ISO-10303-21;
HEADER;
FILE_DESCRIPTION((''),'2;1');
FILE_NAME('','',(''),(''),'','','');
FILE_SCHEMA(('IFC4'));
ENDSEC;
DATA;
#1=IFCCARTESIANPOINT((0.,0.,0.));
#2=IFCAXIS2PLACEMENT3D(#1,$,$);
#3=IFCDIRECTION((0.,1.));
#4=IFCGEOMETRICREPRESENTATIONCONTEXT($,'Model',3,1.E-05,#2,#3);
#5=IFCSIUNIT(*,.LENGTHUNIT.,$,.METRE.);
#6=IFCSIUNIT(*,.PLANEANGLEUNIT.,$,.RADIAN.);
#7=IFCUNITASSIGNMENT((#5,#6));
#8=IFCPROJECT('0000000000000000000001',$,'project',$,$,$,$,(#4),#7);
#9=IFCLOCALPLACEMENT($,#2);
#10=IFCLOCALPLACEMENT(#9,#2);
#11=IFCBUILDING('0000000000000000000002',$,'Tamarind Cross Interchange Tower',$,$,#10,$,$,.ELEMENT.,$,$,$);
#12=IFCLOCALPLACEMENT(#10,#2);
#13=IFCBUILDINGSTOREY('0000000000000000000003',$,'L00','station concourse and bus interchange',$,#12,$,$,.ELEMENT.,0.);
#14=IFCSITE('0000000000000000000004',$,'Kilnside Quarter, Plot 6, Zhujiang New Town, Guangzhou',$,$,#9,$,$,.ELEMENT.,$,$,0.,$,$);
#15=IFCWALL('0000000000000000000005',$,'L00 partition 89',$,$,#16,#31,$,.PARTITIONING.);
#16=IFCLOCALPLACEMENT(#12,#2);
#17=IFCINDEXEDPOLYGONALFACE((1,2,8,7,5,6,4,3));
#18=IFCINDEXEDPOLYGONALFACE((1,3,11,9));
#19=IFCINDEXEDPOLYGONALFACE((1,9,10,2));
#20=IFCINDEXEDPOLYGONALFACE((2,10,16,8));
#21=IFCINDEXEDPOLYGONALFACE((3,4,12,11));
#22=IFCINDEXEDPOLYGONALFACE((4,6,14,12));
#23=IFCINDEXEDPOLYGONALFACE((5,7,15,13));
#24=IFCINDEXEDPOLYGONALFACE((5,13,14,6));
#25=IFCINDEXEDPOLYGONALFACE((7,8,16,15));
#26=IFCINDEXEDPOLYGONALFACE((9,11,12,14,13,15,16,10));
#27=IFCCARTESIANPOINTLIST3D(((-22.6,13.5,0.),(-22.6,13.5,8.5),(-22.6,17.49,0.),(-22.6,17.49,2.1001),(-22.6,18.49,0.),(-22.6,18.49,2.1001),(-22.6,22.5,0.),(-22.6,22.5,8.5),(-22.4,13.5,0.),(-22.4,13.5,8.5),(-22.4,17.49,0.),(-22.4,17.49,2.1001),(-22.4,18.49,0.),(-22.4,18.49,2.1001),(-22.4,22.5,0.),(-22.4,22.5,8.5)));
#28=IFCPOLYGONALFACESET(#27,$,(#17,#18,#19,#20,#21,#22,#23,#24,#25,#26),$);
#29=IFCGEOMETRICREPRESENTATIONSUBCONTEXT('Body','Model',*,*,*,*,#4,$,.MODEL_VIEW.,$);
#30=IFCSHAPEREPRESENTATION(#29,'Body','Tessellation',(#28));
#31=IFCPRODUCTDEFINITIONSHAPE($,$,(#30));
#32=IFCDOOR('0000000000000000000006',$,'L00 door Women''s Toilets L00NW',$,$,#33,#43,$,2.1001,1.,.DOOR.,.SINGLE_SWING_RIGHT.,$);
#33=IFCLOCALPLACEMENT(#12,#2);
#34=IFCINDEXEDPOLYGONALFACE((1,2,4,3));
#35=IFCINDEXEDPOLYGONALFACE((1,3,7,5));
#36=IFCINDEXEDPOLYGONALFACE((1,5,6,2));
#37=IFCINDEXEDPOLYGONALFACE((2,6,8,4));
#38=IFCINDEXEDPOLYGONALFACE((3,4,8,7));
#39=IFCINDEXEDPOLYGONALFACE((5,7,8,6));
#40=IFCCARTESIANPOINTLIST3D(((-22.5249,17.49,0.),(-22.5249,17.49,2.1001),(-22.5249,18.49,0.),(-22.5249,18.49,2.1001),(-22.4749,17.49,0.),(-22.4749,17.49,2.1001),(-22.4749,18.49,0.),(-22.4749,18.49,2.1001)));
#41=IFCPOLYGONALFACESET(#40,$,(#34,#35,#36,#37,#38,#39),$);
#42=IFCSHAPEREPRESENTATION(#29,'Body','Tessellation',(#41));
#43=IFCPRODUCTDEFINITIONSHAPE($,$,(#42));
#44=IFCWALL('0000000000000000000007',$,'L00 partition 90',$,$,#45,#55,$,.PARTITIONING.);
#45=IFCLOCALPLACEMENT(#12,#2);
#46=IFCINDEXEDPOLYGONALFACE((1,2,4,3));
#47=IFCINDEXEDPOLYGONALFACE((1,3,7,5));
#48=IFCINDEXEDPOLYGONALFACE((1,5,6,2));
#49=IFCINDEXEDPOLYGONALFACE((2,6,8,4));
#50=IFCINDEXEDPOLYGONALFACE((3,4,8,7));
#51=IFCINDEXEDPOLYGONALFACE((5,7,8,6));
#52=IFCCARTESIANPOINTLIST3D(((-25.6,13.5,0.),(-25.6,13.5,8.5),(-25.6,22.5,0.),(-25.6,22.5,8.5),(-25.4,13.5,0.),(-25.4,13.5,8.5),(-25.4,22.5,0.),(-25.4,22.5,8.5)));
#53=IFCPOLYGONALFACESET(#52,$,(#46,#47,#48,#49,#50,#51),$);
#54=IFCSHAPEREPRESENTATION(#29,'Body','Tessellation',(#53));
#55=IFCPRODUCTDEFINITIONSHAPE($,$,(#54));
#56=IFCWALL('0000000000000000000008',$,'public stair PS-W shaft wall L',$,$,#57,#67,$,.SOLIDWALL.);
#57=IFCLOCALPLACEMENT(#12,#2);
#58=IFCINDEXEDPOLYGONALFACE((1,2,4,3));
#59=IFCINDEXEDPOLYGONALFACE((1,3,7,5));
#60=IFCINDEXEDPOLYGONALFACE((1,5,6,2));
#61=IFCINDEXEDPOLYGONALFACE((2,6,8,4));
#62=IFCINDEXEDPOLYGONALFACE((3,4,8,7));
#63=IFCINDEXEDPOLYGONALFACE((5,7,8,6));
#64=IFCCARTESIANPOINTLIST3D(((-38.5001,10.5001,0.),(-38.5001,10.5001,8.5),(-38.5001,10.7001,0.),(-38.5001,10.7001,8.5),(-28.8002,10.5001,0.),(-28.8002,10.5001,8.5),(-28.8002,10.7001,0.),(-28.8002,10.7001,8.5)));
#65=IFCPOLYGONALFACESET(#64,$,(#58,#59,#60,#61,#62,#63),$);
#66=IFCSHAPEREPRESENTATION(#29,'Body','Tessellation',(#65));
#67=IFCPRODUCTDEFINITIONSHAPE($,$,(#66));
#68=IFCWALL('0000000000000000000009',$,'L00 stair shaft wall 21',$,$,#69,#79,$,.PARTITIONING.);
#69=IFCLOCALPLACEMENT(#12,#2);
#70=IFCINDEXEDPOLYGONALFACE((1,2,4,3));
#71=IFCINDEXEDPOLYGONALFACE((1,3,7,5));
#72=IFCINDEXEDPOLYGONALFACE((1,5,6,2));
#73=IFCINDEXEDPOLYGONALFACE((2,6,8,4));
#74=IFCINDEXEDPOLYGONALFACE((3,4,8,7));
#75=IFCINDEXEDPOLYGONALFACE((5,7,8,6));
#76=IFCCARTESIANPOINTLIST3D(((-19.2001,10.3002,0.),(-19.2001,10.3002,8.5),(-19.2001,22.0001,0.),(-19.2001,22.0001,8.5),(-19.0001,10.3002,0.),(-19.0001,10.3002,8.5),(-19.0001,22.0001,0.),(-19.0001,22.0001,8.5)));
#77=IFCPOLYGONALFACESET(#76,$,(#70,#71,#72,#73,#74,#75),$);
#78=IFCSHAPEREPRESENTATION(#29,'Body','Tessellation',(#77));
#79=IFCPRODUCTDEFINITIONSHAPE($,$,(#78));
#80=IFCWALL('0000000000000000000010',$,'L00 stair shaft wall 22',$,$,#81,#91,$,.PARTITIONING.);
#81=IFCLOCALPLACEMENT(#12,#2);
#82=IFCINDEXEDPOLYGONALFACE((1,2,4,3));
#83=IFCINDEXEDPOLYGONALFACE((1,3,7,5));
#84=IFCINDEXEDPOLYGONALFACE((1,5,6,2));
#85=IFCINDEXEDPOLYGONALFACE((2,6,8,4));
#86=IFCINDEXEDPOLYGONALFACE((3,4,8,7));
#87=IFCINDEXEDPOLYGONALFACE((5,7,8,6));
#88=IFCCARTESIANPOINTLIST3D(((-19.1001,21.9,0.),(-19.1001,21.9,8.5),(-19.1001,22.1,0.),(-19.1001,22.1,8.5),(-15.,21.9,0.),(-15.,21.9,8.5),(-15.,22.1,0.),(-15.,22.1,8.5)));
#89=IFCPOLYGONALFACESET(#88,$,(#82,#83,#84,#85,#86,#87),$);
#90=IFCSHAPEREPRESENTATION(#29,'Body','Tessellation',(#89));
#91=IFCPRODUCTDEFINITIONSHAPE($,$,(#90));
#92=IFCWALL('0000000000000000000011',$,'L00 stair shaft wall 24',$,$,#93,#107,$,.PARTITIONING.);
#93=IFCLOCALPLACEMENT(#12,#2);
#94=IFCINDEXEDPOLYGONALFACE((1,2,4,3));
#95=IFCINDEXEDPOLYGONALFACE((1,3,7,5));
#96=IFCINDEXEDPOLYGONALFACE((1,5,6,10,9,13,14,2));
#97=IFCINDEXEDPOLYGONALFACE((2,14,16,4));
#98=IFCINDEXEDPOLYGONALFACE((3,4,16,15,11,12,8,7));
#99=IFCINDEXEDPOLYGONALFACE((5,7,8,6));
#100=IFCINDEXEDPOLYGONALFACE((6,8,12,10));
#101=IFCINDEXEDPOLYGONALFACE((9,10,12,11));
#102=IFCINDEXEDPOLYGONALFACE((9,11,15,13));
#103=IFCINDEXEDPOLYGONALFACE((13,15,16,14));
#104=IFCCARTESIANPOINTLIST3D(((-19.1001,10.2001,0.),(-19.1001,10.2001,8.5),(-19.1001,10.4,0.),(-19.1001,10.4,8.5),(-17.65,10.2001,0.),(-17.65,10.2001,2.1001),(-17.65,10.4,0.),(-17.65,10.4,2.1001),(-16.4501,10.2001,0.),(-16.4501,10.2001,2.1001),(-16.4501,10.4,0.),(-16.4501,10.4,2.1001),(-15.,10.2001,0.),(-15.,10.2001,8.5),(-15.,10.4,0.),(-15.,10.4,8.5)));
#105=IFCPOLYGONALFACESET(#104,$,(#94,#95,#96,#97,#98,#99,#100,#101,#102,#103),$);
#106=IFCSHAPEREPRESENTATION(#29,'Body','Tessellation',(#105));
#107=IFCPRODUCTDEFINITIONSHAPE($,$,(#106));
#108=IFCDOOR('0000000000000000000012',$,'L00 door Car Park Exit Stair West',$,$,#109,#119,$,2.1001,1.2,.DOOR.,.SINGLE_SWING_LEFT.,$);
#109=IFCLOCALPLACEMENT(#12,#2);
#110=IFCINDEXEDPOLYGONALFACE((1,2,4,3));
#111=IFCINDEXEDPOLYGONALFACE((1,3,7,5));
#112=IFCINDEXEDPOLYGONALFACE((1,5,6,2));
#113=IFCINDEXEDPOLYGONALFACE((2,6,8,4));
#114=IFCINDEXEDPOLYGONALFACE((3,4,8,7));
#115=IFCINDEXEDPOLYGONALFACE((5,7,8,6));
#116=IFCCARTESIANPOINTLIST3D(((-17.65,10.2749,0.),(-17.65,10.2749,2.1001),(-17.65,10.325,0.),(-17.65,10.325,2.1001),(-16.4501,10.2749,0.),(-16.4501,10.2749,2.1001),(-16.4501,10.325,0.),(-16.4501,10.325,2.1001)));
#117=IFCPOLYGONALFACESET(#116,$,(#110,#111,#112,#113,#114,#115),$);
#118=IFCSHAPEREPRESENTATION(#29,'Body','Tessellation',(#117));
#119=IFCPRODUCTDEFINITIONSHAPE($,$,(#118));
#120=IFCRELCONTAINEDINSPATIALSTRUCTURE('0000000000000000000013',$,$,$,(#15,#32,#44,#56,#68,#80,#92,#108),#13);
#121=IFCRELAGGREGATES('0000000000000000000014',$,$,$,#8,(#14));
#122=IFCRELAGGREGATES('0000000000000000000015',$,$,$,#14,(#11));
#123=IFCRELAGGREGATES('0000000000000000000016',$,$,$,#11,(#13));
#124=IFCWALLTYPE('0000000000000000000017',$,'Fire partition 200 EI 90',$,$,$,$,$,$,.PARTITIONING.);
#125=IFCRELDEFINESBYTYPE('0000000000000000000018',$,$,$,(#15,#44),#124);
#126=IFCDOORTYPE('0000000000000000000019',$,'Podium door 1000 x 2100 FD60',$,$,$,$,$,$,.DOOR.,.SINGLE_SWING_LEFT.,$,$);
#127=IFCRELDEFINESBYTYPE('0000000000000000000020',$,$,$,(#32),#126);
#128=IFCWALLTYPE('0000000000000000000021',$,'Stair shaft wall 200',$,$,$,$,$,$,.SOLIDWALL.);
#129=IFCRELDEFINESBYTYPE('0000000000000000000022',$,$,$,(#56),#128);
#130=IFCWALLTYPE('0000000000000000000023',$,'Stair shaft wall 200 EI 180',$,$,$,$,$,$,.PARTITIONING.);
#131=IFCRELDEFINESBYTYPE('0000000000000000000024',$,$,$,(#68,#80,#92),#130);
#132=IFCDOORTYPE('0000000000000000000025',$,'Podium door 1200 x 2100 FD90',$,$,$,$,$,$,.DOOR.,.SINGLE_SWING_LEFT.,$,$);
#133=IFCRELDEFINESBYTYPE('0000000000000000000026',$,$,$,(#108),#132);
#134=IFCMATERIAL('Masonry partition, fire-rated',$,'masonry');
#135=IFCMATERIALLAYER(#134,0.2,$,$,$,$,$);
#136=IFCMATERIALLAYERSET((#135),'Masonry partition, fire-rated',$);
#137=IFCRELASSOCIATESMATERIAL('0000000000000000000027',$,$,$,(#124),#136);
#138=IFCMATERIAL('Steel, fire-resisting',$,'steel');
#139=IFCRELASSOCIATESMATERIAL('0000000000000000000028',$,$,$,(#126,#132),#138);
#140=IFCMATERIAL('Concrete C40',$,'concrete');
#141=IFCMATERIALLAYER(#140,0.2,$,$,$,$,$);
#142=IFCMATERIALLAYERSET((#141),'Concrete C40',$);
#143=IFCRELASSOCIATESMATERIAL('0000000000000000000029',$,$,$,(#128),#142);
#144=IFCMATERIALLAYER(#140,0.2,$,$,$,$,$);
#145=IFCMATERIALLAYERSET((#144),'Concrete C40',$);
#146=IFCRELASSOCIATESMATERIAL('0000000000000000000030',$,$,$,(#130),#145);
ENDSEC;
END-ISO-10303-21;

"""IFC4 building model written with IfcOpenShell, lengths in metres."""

from ifc_helpers import new_model, si_unit, direction, frame, frame_2d, origin, place, context, subcontext, project, spatial, rectangle, extrude, material, layer, layer_set, type_object, element, fill, save


model = new_model("IFC4")

# Units and contexts
model_context = context("Model", 3, precision=1e-05, world=origin(), true_north=direction((0.0, 1.0)))
body_context = subcontext(model_context, "Body", "Model", "MODEL_VIEW")
ifc_project = project(units=[si_unit("LENGTHUNIT", "METRE"), si_unit("PLANEANGLEUNIT", "RADIAN")], contexts=[model_context])

# Site, building, storey
site_placement = place(None, origin())
site = spatial("IfcSite", under=ifc_project, at=site_placement, Name="Kilnside Quarter, Plot 6, Zhujiang New Town, Guangzhou", CompositionType="ELEMENT", RefElevation=0.0)
building_placement = place(site_placement, origin())
building = spatial("IfcBuilding", under=site, at=building_placement, Name="Tamarind Cross Interchange Tower", CompositionType="ELEMENT")
storey_placement = place(building_placement, origin())
storey = spatial("IfcBuildingStorey", under=building, at=storey_placement, Name="L00", Description="station concourse and bus interchange", CompositionType="ELEMENT", Elevation=0.0)

# Shared definitions
ifc_material_1 = material(Name="Masonry partition, fire-rated", Category="masonry")
ifc_layer_1 = layer(ifc_material_1, 0.2)
ifc_layer_set_1 = layer_set([ifc_layer_1], Name="Masonry partition, fire-rated")
wall_type_1 = type_object("IfcWallType", Name="Fire partition 200 EI 90", PredefinedType="PARTITIONING", material=ifc_layer_set_1)

# Wall, opening, door
ifc_material_2 = material(Name="Steel, fire-resisting", Category="steel")
door_type_1 = type_object("IfcDoorType", Name="Podium door 1000 x 2100 FD60", OperationType="SINGLE_SWING_LEFT", PredefinedType="DOOR", material=ifc_material_2)
wall_1_placement = place(storey_placement, frame((-22.5, 13.5, 0.0), z_axis=(0.0, 0.0, 1.0), x_axis=(0.0, 1.0, 0.0)))
wall_1 = element("IfcWall", 1, at=wall_1_placement, inside=storey, type_object=wall_type_1, Name="L00 partition 89", PredefinedType="PARTITIONING", context=body_context, shape_type="SweptSolid", body=[
    extrude(rectangle(XDim=9.0, YDim=0.2, at=frame_2d((4.5, 0.0))), origin(), (0.0, 0.0, 1.0), 8.5),
])
opening_1_placement = place(wall_1_placement, frame((3.99, 0.0, 0.0)))
opening_1 = element("IfcOpeningElement", 2, at=opening_1_placement, cuts=wall_1, PredefinedType="OPENING", context=body_context, shape_type="SweptSolid", body=[
    extrude(rectangle(XDim=1.0, YDim=2.1001, at=frame_2d((0.5, 1.05))), frame((0.0, 0.1099, 0.0), z_axis=(0.0, -1.0, 0.0), x_axis=(1.0, 0.0, 0.0)), (0.0, 0.0, 1.0), 0.22),
])
door_1_placement = place(opening_1_placement, origin())
door_1 = element("IfcDoor", 3, at=door_1_placement, inside=storey, type_object=door_type_1, Name="L00 door Women's Toilets L00NW", OperationType="SINGLE_SWING_RIGHT", OverallHeight=2.1001, OverallWidth=1.0, PredefinedType="DOOR", context=body_context, shape_type="SweptSolid", body=[
    extrude(rectangle(XDim=1.0, YDim=2.1001, at=frame_2d((0.5, 1.05))), frame((0.0, 0.0249, 0.0), z_axis=(0.0, -1.0, 0.0), x_axis=(1.0, 0.0, 0.0)), (0.0, 0.0, 1.0), 0.05),
])
fill(opening_1, door_1)

# Walls
wall_2_placement = place(storey_placement, frame((-25.5, 13.5, 0.0), z_axis=(0.0, 0.0, 1.0), x_axis=(0.0, 1.0, 0.0)))
element("IfcWall", 4, at=wall_2_placement, inside=storey, type_object=wall_type_1, Name="L00 partition 90", PredefinedType="PARTITIONING", context=body_context, shape_type="SweptSolid", body=[
    extrude(rectangle(XDim=9.0, YDim=0.2, at=frame_2d((4.5, 0.0))), origin(), (0.0, 0.0, 1.0), 8.5),
])
ifc_material_3 = material(Name="Concrete C40", Category="concrete")
ifc_layer_2 = layer(ifc_material_3, 0.2)
ifc_layer_set_2 = layer_set([ifc_layer_2], Name="Concrete C40")
wall_type_2 = type_object("IfcWallType", Name="Stair shaft wall 200", PredefinedType="SOLIDWALL", material=ifc_layer_set_2)
wall_3_placement = place(storey_placement, frame((-28.8, 10.6001, 0.0), z_axis=(0.0, 0.0, 1.0), x_axis=(-1.0, 0.0, 0.0)))
element("IfcWall", 5, at=wall_3_placement, inside=storey, type_object=wall_type_2, Name="public stair PS-W shaft wall L", PredefinedType="SOLIDWALL", context=body_context, shape_type="SweptSolid", body=[
    extrude(rectangle(XDim=9.7, YDim=0.2, at=frame_2d((4.8501, 0.0))), origin(), (0.0, 0.0, 1.0), 8.5),
])
ifc_layer_3 = layer(ifc_material_3, 0.2)
ifc_layer_set_3 = layer_set([ifc_layer_3], Name="Concrete C40")
wall_type_3 = type_object("IfcWallType", Name="Stair shaft wall 200 EI 180", PredefinedType="PARTITIONING", material=ifc_layer_set_3)
wall_4_placement = place(storey_placement, frame((-19.1001, 10.3, 0.0), z_axis=(0.0, 0.0, 1.0), x_axis=(0.0, 1.0, 0.0)))
element("IfcWall", 6, at=wall_4_placement, inside=storey, type_object=wall_type_3, Name="L00 stair shaft wall 21", PredefinedType="PARTITIONING", context=body_context, shape_type="SweptSolid", body=[
    extrude(rectangle(XDim=11.7, YDim=0.2, at=frame_2d((5.8501, 0.0))), origin(), (0.0, 0.0, 1.0), 8.5),
])
wall_5_placement = place(storey_placement, frame((-19.1001, 22.0, 0.0), z_axis=(0.0, 0.0, 1.0), x_axis=(1.0, 0.0, 0.0)))
element("IfcWall", 7, at=wall_5_placement, inside=storey, type_object=wall_type_3, Name="L00 stair shaft wall 22", PredefinedType="PARTITIONING", context=body_context, shape_type="SweptSolid", body=[
    extrude(rectangle(XDim=4.1001, YDim=0.2, at=frame_2d((2.05, 0.0))), origin(), (0.0, 0.0, 1.0), 8.5),
])

# Wall, opening, door
wall_6_placement = place(storey_placement, frame((-19.1001, 10.3, 0.0), z_axis=(0.0, 0.0, 1.0), x_axis=(1.0, 0.0, 0.0)))
wall_6 = element("IfcWall", 8, at=wall_6_placement, inside=storey, type_object=wall_type_3, Name="L00 stair shaft wall 24", PredefinedType="PARTITIONING", context=body_context, shape_type="SweptSolid", body=[
    extrude(rectangle(XDim=4.1001, YDim=0.2, at=frame_2d((2.05, 0.0))), origin(), (0.0, 0.0, 1.0), 8.5),
])
opening_2_placement = place(wall_6_placement, frame((1.45, 0.0, 0.0)))
opening_2 = element("IfcOpeningElement", 9, at=opening_2_placement, cuts=wall_6, PredefinedType="OPENING", context=body_context, shape_type="SweptSolid", body=[
    extrude(rectangle(XDim=1.2, YDim=2.1001, at=frame_2d((0.6001, 1.05))), frame((0.0, 0.1099, 0.0), z_axis=(0.0, -1.0, 0.0), x_axis=(1.0, 0.0, 0.0)), (0.0, 0.0, 1.0), 0.22),
])
door_type_2 = type_object("IfcDoorType", Name="Podium door 1200 x 2100 FD90", OperationType="SINGLE_SWING_LEFT", PredefinedType="DOOR", material=ifc_material_2)
door_2_placement = place(opening_2_placement, origin())
door_2 = element("IfcDoor", 10, at=door_2_placement, inside=storey, type_object=door_type_2, Name="L00 door Car Park Exit Stair West", OperationType="SINGLE_SWING_LEFT", OverallHeight=2.1001, OverallWidth=1.2, PredefinedType="DOOR", context=body_context, shape_type="SweptSolid", body=[
    extrude(rectangle(XDim=1.2, YDim=2.1001, at=frame_2d((0.6001, 1.05))), frame((0.0, 0.0249, 0.0), z_axis=(0.0, -1.0, 0.0), x_axis=(1.0, 0.0, 0.0)), (0.0, 0.0, 1.0), 0.05),
])
fill(opening_2, door_2)

save(model, "model.ifc")
